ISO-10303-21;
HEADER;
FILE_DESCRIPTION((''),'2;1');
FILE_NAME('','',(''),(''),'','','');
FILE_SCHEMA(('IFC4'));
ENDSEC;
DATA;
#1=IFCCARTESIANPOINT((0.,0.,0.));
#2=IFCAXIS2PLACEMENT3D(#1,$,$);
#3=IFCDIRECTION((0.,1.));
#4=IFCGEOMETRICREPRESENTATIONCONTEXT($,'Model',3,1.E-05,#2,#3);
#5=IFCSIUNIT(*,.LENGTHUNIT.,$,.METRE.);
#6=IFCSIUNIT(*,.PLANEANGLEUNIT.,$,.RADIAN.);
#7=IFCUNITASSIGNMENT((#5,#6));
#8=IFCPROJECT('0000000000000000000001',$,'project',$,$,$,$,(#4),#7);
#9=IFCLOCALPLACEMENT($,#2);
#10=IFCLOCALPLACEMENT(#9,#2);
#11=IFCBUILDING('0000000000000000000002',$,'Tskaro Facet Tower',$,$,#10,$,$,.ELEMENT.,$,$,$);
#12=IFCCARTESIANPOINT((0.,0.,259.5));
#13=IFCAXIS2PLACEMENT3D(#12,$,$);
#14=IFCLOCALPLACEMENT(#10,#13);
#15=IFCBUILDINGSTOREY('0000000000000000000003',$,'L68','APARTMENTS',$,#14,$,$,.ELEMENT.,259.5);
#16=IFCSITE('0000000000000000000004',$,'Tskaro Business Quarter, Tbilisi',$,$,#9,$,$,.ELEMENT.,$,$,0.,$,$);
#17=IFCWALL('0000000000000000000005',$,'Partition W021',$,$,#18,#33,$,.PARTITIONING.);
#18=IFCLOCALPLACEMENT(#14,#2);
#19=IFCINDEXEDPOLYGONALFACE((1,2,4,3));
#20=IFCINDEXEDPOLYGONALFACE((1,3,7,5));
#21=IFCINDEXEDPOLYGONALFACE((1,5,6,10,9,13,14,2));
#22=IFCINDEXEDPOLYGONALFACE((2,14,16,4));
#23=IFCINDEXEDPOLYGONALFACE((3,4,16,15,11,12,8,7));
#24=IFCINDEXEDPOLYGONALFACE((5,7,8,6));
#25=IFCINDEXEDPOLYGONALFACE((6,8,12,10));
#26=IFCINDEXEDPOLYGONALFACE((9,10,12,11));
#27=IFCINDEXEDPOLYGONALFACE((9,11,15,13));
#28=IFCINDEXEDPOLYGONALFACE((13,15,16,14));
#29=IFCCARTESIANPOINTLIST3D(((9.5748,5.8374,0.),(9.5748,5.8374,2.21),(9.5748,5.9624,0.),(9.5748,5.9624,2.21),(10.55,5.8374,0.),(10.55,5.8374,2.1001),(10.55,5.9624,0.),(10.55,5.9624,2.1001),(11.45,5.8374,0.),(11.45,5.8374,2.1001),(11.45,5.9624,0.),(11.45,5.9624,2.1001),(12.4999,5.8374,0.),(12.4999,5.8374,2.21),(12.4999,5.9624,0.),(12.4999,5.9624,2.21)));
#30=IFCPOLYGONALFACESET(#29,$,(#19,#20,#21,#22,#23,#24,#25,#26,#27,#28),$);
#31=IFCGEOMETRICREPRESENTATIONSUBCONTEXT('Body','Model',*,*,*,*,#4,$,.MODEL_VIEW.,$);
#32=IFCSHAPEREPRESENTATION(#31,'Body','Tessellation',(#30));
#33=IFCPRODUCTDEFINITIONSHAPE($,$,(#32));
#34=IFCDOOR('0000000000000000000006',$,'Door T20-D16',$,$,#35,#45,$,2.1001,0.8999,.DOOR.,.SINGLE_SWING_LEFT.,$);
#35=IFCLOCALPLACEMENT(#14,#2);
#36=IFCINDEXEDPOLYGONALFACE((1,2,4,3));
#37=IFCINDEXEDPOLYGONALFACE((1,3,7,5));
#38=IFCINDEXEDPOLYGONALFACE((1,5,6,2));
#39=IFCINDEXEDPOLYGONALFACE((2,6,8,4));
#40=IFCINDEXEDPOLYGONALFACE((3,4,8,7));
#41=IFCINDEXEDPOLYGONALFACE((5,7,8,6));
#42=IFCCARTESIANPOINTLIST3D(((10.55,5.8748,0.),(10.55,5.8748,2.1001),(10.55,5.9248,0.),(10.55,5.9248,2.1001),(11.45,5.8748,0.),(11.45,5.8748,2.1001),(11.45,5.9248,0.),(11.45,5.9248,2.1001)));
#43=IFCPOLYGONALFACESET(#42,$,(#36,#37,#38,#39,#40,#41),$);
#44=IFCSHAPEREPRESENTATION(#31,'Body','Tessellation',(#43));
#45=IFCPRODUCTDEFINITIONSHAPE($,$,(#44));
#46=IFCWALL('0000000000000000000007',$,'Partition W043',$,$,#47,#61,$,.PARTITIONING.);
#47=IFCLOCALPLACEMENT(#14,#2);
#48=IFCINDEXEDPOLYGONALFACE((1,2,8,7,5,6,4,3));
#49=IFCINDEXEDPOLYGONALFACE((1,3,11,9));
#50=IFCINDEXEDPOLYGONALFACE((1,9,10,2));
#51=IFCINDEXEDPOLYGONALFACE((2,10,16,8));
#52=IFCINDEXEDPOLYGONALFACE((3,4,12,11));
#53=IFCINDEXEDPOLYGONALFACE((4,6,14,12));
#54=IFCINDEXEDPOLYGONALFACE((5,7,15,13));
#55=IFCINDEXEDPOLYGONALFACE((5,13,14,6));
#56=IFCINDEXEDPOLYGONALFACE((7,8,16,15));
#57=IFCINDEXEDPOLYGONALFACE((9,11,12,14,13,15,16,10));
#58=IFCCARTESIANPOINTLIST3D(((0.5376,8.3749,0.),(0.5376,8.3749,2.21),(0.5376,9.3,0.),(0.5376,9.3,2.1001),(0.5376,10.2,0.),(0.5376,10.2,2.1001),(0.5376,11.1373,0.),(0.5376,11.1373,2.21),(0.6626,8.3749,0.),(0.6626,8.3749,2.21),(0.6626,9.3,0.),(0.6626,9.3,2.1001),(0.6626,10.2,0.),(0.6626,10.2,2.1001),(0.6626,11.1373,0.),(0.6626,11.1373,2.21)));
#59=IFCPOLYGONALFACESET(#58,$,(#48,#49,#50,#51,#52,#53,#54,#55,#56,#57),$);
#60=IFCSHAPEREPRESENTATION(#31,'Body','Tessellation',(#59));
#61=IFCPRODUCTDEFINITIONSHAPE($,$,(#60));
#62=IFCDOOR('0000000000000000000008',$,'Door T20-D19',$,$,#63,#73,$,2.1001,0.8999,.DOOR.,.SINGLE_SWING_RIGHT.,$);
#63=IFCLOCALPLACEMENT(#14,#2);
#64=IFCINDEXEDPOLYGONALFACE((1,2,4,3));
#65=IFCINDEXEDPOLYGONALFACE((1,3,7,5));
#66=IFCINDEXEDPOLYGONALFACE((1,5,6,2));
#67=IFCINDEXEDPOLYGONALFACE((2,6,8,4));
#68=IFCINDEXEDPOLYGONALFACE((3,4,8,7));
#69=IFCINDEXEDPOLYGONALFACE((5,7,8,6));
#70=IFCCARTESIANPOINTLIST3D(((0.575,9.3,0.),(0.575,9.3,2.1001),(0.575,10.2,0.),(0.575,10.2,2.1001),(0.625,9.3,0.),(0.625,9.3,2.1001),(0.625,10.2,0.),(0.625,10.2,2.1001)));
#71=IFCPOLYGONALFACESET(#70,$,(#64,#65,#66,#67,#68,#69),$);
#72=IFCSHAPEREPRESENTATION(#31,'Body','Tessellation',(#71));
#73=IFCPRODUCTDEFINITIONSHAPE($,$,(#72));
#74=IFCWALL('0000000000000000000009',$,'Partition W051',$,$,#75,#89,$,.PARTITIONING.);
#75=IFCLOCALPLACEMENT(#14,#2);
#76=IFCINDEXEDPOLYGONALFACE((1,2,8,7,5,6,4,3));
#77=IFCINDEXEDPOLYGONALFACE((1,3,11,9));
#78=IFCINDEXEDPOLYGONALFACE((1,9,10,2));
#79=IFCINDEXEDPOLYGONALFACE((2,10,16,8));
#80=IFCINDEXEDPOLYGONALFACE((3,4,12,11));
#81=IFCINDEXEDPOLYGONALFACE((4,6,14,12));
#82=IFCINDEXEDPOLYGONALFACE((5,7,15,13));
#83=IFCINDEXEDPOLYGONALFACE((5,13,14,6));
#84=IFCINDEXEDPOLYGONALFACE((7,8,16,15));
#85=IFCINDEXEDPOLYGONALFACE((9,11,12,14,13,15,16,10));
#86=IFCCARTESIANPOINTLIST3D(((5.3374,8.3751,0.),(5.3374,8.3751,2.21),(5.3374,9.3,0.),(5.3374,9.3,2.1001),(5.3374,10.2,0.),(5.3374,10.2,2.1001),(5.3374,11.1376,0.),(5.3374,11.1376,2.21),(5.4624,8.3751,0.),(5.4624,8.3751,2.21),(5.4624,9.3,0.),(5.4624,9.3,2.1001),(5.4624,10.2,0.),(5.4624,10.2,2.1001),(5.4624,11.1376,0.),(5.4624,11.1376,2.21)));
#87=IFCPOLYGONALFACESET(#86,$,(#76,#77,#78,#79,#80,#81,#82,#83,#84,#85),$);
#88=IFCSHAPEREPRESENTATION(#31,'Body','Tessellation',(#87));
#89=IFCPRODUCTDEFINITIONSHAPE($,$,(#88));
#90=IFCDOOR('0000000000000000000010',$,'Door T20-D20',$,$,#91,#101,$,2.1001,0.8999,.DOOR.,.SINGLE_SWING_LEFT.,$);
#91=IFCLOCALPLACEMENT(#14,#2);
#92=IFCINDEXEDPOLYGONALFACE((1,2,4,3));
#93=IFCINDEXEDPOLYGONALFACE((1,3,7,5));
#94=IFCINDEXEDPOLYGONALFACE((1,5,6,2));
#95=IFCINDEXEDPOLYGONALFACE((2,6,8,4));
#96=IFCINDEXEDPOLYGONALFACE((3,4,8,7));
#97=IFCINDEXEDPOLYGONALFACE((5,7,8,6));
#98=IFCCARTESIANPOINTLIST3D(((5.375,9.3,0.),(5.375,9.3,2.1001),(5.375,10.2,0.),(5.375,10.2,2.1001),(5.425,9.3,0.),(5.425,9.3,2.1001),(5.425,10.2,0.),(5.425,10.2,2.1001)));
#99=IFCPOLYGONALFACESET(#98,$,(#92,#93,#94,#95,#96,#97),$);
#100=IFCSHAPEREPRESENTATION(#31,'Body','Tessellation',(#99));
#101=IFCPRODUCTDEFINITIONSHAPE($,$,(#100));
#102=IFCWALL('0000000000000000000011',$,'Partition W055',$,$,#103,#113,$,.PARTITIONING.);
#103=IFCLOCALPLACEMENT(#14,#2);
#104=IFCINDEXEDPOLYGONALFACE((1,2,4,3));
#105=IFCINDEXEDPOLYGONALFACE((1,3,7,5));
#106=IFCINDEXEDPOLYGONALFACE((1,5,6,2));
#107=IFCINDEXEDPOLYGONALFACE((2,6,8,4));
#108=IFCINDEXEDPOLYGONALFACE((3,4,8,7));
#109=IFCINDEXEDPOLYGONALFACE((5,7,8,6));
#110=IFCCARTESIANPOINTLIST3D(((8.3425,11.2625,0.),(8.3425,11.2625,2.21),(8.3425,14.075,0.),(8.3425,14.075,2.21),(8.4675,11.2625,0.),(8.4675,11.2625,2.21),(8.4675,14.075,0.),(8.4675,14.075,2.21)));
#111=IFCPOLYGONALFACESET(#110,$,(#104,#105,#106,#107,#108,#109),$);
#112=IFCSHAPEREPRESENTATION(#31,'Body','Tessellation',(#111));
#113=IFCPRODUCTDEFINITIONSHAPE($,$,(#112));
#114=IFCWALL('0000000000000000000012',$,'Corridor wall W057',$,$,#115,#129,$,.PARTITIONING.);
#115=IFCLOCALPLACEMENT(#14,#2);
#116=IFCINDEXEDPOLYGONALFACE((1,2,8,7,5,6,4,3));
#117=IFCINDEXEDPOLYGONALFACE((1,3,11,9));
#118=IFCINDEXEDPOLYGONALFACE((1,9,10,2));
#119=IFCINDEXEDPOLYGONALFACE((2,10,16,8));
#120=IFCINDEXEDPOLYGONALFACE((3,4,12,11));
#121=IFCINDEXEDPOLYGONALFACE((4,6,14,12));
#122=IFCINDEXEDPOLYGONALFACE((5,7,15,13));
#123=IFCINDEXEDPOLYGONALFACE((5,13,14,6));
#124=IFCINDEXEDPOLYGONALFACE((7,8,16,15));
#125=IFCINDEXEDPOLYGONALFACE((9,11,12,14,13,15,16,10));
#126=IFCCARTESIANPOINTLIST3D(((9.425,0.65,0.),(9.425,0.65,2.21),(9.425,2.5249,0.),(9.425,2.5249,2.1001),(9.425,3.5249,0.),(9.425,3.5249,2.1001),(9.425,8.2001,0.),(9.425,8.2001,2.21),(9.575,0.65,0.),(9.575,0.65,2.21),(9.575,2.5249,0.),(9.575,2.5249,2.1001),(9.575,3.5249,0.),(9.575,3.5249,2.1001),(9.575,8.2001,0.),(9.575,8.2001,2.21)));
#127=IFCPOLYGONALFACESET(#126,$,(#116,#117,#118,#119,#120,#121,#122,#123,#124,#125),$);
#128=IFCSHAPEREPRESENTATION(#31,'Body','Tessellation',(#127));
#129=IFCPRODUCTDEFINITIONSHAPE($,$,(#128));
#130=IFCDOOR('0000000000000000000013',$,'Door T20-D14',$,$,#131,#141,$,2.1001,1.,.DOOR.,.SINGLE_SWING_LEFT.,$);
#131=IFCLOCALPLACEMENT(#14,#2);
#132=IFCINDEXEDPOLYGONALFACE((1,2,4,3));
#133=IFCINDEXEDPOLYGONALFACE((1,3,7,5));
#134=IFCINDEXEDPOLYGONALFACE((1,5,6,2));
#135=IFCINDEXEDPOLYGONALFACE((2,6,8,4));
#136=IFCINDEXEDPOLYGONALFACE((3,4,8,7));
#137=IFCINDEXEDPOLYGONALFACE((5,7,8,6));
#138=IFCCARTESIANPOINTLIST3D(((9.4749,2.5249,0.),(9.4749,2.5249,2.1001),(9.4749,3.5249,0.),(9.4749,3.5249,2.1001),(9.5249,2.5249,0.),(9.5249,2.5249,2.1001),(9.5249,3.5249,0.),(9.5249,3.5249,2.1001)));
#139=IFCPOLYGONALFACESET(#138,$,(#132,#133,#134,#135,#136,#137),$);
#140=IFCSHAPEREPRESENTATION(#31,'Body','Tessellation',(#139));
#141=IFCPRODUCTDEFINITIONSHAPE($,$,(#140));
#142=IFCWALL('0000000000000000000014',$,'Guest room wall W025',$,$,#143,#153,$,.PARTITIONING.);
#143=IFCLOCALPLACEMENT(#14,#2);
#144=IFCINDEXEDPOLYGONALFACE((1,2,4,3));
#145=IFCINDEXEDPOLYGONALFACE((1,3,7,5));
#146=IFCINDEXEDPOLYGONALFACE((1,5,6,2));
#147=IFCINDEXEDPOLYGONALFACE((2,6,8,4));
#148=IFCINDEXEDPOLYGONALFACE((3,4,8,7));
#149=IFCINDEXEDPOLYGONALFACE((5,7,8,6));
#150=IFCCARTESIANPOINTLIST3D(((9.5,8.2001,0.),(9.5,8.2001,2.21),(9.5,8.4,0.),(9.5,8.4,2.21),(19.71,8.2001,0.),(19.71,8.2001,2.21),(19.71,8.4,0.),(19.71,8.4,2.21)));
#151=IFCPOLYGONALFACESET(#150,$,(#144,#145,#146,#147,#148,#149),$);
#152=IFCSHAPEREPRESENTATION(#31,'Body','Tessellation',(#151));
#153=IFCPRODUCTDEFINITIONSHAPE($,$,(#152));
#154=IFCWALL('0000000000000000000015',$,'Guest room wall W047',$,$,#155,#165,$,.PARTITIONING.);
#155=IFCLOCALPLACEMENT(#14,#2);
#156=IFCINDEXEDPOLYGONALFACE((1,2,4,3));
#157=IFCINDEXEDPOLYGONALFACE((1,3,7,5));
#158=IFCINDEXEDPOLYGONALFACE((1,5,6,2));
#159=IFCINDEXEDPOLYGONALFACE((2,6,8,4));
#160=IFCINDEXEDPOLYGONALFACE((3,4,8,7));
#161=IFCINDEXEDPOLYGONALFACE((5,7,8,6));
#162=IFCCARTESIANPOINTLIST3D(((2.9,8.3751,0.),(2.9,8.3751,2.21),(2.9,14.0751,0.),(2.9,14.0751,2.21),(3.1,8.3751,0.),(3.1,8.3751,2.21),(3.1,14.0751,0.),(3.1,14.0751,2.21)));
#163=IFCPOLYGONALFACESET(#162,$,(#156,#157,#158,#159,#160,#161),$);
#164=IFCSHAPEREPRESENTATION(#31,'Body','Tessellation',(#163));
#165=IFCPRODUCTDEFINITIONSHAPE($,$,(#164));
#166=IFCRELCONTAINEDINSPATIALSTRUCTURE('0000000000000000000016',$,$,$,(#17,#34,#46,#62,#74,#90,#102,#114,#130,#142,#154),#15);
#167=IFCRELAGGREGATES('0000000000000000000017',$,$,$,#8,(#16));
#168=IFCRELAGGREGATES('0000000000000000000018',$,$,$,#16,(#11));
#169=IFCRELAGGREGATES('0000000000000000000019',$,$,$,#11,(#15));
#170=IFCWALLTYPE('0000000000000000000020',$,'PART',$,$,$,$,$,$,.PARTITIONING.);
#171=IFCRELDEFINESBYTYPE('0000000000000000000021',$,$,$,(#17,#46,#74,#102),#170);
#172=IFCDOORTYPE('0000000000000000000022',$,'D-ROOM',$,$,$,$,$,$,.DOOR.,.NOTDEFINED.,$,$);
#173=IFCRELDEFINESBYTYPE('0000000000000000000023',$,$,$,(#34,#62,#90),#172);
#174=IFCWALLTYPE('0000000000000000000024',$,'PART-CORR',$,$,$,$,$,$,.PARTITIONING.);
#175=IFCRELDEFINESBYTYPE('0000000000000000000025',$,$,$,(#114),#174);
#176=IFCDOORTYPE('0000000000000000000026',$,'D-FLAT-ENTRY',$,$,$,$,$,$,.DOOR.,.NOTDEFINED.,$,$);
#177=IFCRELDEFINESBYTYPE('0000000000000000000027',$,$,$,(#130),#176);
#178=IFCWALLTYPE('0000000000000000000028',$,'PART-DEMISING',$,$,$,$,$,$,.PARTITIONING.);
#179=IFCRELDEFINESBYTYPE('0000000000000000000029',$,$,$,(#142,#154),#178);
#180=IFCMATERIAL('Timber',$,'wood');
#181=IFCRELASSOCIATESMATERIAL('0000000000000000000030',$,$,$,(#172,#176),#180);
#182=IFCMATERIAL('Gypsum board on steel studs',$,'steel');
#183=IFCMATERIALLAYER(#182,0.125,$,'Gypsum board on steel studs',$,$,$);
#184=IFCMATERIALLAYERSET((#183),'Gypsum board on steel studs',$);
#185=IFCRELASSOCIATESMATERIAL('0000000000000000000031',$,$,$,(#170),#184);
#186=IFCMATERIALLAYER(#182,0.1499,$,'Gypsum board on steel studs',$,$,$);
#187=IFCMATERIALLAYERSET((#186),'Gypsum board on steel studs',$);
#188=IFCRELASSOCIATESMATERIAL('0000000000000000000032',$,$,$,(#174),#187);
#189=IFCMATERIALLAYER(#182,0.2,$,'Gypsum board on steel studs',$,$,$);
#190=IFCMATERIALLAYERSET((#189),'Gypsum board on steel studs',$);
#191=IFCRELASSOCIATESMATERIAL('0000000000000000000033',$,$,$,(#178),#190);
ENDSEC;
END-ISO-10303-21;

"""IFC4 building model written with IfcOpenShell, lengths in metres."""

from ifc_helpers import new_model, si_unit, direction, frame, frame_2d, origin, place, context, subcontext, project, spatial, rectangle, extrude, material, layer, layer_set, type_object, element, fill, save


model = new_model("IFC4")

# Units and contexts
model_context = context("Model", 3, precision=1e-05, world=origin(), true_north=direction((0.0, 1.0)))
body_context = subcontext(model_context, "Body", "Model", "MODEL_VIEW")
ifc_project = project(units=[si_unit("LENGTHUNIT", "METRE"), si_unit("PLANEANGLEUNIT", "RADIAN")], contexts=[model_context])

# Site, building, storey
site_placement = place(None, origin())
site = spatial("IfcSite", under=ifc_project, at=site_placement, Name="Tskaro Business Quarter, Tbilisi", CompositionType="ELEMENT", RefElevation=0.0)
building_placement = place(site_placement, origin())
building = spatial("IfcBuilding", under=site, at=building_placement, Name="Tskaro Facet Tower", CompositionType="ELEMENT")
storey_placement = place(building_placement, frame((0.0, 0.0, 259.5)))
storey = spatial("IfcBuildingStorey", under=building, at=storey_placement, Name="L68", Description="APARTMENTS", CompositionType="ELEMENT", Elevation=259.5)

# Shared definitions
ifc_material_1 = material(Name="Timber", Category="wood")
door_type_1 = type_object("IfcDoorType", Name="D-ROOM", OperationType="NOTDEFINED", PredefinedType="DOOR", material=ifc_material_1)

# Walls, openings, doors
ifc_material_2 = material(Name="Gypsum board on steel studs", Category="steel")
ifc_layer_1 = layer(ifc_material_2, 0.125, Name="Gypsum board on steel studs")
ifc_layer_set_1 = layer_set([ifc_layer_1], Name="Gypsum board on steel studs")
wall_type_1 = type_object("IfcWallType", Name="PART", PredefinedType="PARTITIONING", material=ifc_layer_set_1)
wall_1_placement = place(storey_placement, frame((9.575, 5.8999, 0.0), z_axis=(0.0, 0.0, 1.0), x_axis=(1.0, 0.0, 0.0)))
wall_1 = element("IfcWall", 1, at=wall_1_placement, inside=storey, type_object=wall_type_1, Name="Partition W021", PredefinedType="PARTITIONING", context=body_context, shape_type="SweptSolid", body=[
    extrude(rectangle(XDim=2.925, YDim=0.125, at=frame_2d((1.4624, 0.0))), origin(), (0.0, 0.0, 1.0), 2.21),
])
opening_1_placement = place(wall_1_placement, frame((0.9751, 0.0, 0.0)))
opening_1 = element("IfcOpeningElement", 2, at=opening_1_placement, cuts=wall_1, PredefinedType="OPENING", context=body_context, shape_type="SweptSolid", body=[
    extrude(rectangle(XDim=0.8999, YDim=2.1001, at=frame_2d((0.45, 1.05))), frame((0.0, 0.0725, 0.0), z_axis=(0.0, -1.0, 0.0), x_axis=(1.0, 0.0, 0.0)), (0.0, 0.0, 1.0), 0.145),
])
door_1_placement = place(opening_1_placement, origin())
door_1 = element("IfcDoor", 3, at=door_1_placement, inside=storey, type_object=door_type_1, Name="Door T20-D16", OperationType="SINGLE_SWING_LEFT", OverallHeight=2.1001, OverallWidth=0.8999, PredefinedType="DOOR", context=body_context, shape_type="SweptSolid", body=[
    extrude(rectangle(XDim=0.8999, YDim=2.1001, at=frame_2d((0.45, 1.05))), frame((0.0, 0.0249, 0.0), z_axis=(0.0, -1.0, 0.0), x_axis=(1.0, 0.0, 0.0)), (0.0, 0.0, 1.0), 0.05),
])
fill(opening_1, door_1)
wall_2_placement = place(storey_placement, frame((0.6001, 11.1375, 0.0), z_axis=(0.0, 0.0, 1.0), x_axis=(0.0, -1.0, 0.0)))
wall_2 = element("IfcWall", 4, at=wall_2_placement, inside=storey, type_object=wall_type_1, Name="Partition W043", PredefinedType="PARTITIONING", context=body_context, shape_type="SweptSolid", body=[
    extrude(rectangle(XDim=2.7625, YDim=0.125, at=frame_2d((1.3813, 0.0))), origin(), (0.0, 0.0, 1.0), 2.21),
])
opening_2_placement = place(wall_2_placement, frame((0.9375, 0.0, 0.0)))
opening_2 = element("IfcOpeningElement", 5, at=opening_2_placement, cuts=wall_2, PredefinedType="OPENING", context=body_context, shape_type="SweptSolid", body=[
    extrude(rectangle(XDim=0.8999, YDim=2.1001, at=frame_2d((0.45, 1.05))), frame((0.0, 0.0725, 0.0), z_axis=(0.0, -1.0, 0.0), x_axis=(1.0, 0.0, 0.0)), (0.0, 0.0, 1.0), 0.145),
])
door_2_placement = place(opening_2_placement, origin())
door_2 = element("IfcDoor", 6, at=door_2_placement, inside=storey, type_object=door_type_1, Name="Door T20-D19", OperationType="SINGLE_SWING_RIGHT", OverallHeight=2.1001, OverallWidth=0.8999, PredefinedType="DOOR", context=body_context, shape_type="SweptSolid", body=[
    extrude(rectangle(XDim=0.8999, YDim=2.1001, at=frame_2d((0.45, 1.05))), frame((0.0, 0.0249, 0.0), z_axis=(0.0, -1.0, 0.0), x_axis=(1.0, 0.0, 0.0)), (0.0, 0.0, 1.0), 0.05),
])
fill(opening_2, door_2)
wall_3_placement = place(storey_placement, frame((5.3999, 8.375, 0.0), z_axis=(0.0, 0.0, 1.0), x_axis=(0.0, 1.0, 0.0)))
wall_3 = element("IfcWall", 7, at=wall_3_placement, inside=storey, type_object=wall_type_1, Name="Partition W051", PredefinedType="PARTITIONING", context=body_context, shape_type="SweptSolid", body=[
    extrude(rectangle(XDim=2.7625, YDim=0.125, at=frame_2d((1.3813, 0.0))), origin(), (0.0, 0.0, 1.0), 2.21),
])
opening_3_placement = place(wall_3_placement, frame((0.925, 0.0, 0.0)))
opening_3 = element("IfcOpeningElement", 8, at=opening_3_placement, cuts=wall_3, PredefinedType="OPENING", context=body_context, shape_type="SweptSolid", body=[
    extrude(rectangle(XDim=0.8999, YDim=2.1001, at=frame_2d((0.45, 1.05))), frame((0.0, 0.0725, 0.0), z_axis=(0.0, -1.0, 0.0), x_axis=(1.0, 0.0, 0.0)), (0.0, 0.0, 1.0), 0.145),
])
door_3_placement = place(opening_3_placement, origin())
door_3 = element("IfcDoor", 9, at=door_3_placement, inside=storey, type_object=door_type_1, Name="Door T20-D20", OperationType="SINGLE_SWING_LEFT", OverallHeight=2.1001, OverallWidth=0.8999, PredefinedType="DOOR", context=body_context, shape_type="SweptSolid", body=[
    extrude(rectangle(XDim=0.8999, YDim=2.1001, at=frame_2d((0.45, 1.05))), frame((0.0, 0.0249, 0.0), z_axis=(0.0, -1.0, 0.0), x_axis=(1.0, 0.0, 0.0)), (0.0, 0.0, 1.0), 0.05),
])
fill(opening_3, door_3)

# Wall
wall_4_placement = place(storey_placement, frame((8.405, 11.2625, 0.0), z_axis=(0.0, 0.0, 1.0), x_axis=(0.0, 1.0, 0.0)))
element("IfcWall", 10, at=wall_4_placement, inside=storey, type_object=wall_type_1, Name="Partition W055", PredefinedType="PARTITIONING", context=body_context, shape_type="SweptSolid", body=[
    extrude(rectangle(XDim=2.8125, YDim=0.125, at=frame_2d((1.4062, 0.0))), origin(), (0.0, 0.0, 1.0), 2.21),
])

# Wall, opening, door
ifc_layer_2 = layer(ifc_material_2, 0.1499, Name="Gypsum board on steel studs")
ifc_layer_set_2 = layer_set([ifc_layer_2], Name="Gypsum board on steel studs")
wall_type_2 = type_object("IfcWallType", Name="PART-CORR", PredefinedType="PARTITIONING", material=ifc_layer_set_2)
wall_5_placement = place(storey_placement, frame((9.5, 8.2, 0.0), z_axis=(0.0, 0.0, 1.0), x_axis=(0.0, -1.0, 0.0)))
wall_5 = element("IfcWall", 11, at=wall_5_placement, inside=storey, type_object=wall_type_2, Name="Corridor wall W057", PredefinedType="PARTITIONING", context=body_context, shape_type="SweptSolid", body=[
    extrude(rectangle(XDim=7.55, YDim=0.1499, at=frame_2d((3.7749, 0.0))), origin(), (0.0, 0.0, 1.0), 2.21),
])
opening_4_placement = place(wall_5_placement, frame((4.675, 0.0, 0.0)))
opening_4 = element("IfcOpeningElement", 12, at=opening_4_placement, cuts=wall_5, PredefinedType="OPENING", context=body_context, shape_type="SweptSolid", body=[
    extrude(rectangle(XDim=1.0, YDim=2.1001, at=frame_2d((0.5, 1.05))), frame((0.0, 0.085, 0.0), z_axis=(0.0, -1.0, 0.0), x_axis=(1.0, 0.0, 0.0)), (0.0, 0.0, 1.0), 0.1699),
])
door_type_2 = type_object("IfcDoorType", Name="D-FLAT-ENTRY", OperationType="NOTDEFINED", PredefinedType="DOOR", material=ifc_material_1)
door_4_placement = place(opening_4_placement, origin())
door_4 = element("IfcDoor", 13, at=door_4_placement, inside=storey, type_object=door_type_2, Name="Door T20-D14", OperationType="SINGLE_SWING_LEFT", OverallHeight=2.1001, OverallWidth=1.0, PredefinedType="DOOR", context=body_context, shape_type="SweptSolid", body=[
    extrude(rectangle(XDim=1.0, YDim=2.1001, at=frame_2d((0.5, 1.05))), frame((0.0, 0.0249, 0.0), z_axis=(0.0, -1.0, 0.0), x_axis=(1.0, 0.0, 0.0)), (0.0, 0.0, 1.0), 0.05),
])
fill(opening_4, door_4)

# Walls
ifc_layer_3 = layer(ifc_material_2, 0.2, Name="Gypsum board on steel studs")
ifc_layer_set_3 = layer_set([ifc_layer_3], Name="Gypsum board on steel studs")
wall_type_3 = type_object("IfcWallType", Name="PART-DEMISING", PredefinedType="PARTITIONING", material=ifc_layer_set_3)
wall_6_placement = place(storey_placement, frame((9.5, 8.3, 0.0), z_axis=(0.0, 0.0, 1.0), x_axis=(1.0, 0.0, 0.0)))
element("IfcWall", 14, at=wall_6_placement, inside=storey, type_object=wall_type_3, Name="Guest room wall W025", PredefinedType="PARTITIONING", context=body_context, shape_type="SweptSolid", body=[
    extrude(rectangle(XDim=10.21, YDim=0.2, at=frame_2d((5.105, 0.0))), origin(), (0.0, 0.0, 1.0), 2.21),
])
wall_7_placement = place(storey_placement, frame((3.0, 8.375, 0.0), z_axis=(0.0, 0.0, 1.0), x_axis=(0.0, 1.0, 0.0)))
element("IfcWall", 15, at=wall_7_placement, inside=storey, type_object=wall_type_3, Name="Guest room wall W047", PredefinedType="PARTITIONING", context=body_context, shape_type="SweptSolid", body=[
    extrude(rectangle(XDim=5.7, YDim=0.2, at=frame_2d((2.8501, 0.0))), origin(), (0.0, 0.0, 1.0), 2.21),
])

save(model, "model.ifc")
